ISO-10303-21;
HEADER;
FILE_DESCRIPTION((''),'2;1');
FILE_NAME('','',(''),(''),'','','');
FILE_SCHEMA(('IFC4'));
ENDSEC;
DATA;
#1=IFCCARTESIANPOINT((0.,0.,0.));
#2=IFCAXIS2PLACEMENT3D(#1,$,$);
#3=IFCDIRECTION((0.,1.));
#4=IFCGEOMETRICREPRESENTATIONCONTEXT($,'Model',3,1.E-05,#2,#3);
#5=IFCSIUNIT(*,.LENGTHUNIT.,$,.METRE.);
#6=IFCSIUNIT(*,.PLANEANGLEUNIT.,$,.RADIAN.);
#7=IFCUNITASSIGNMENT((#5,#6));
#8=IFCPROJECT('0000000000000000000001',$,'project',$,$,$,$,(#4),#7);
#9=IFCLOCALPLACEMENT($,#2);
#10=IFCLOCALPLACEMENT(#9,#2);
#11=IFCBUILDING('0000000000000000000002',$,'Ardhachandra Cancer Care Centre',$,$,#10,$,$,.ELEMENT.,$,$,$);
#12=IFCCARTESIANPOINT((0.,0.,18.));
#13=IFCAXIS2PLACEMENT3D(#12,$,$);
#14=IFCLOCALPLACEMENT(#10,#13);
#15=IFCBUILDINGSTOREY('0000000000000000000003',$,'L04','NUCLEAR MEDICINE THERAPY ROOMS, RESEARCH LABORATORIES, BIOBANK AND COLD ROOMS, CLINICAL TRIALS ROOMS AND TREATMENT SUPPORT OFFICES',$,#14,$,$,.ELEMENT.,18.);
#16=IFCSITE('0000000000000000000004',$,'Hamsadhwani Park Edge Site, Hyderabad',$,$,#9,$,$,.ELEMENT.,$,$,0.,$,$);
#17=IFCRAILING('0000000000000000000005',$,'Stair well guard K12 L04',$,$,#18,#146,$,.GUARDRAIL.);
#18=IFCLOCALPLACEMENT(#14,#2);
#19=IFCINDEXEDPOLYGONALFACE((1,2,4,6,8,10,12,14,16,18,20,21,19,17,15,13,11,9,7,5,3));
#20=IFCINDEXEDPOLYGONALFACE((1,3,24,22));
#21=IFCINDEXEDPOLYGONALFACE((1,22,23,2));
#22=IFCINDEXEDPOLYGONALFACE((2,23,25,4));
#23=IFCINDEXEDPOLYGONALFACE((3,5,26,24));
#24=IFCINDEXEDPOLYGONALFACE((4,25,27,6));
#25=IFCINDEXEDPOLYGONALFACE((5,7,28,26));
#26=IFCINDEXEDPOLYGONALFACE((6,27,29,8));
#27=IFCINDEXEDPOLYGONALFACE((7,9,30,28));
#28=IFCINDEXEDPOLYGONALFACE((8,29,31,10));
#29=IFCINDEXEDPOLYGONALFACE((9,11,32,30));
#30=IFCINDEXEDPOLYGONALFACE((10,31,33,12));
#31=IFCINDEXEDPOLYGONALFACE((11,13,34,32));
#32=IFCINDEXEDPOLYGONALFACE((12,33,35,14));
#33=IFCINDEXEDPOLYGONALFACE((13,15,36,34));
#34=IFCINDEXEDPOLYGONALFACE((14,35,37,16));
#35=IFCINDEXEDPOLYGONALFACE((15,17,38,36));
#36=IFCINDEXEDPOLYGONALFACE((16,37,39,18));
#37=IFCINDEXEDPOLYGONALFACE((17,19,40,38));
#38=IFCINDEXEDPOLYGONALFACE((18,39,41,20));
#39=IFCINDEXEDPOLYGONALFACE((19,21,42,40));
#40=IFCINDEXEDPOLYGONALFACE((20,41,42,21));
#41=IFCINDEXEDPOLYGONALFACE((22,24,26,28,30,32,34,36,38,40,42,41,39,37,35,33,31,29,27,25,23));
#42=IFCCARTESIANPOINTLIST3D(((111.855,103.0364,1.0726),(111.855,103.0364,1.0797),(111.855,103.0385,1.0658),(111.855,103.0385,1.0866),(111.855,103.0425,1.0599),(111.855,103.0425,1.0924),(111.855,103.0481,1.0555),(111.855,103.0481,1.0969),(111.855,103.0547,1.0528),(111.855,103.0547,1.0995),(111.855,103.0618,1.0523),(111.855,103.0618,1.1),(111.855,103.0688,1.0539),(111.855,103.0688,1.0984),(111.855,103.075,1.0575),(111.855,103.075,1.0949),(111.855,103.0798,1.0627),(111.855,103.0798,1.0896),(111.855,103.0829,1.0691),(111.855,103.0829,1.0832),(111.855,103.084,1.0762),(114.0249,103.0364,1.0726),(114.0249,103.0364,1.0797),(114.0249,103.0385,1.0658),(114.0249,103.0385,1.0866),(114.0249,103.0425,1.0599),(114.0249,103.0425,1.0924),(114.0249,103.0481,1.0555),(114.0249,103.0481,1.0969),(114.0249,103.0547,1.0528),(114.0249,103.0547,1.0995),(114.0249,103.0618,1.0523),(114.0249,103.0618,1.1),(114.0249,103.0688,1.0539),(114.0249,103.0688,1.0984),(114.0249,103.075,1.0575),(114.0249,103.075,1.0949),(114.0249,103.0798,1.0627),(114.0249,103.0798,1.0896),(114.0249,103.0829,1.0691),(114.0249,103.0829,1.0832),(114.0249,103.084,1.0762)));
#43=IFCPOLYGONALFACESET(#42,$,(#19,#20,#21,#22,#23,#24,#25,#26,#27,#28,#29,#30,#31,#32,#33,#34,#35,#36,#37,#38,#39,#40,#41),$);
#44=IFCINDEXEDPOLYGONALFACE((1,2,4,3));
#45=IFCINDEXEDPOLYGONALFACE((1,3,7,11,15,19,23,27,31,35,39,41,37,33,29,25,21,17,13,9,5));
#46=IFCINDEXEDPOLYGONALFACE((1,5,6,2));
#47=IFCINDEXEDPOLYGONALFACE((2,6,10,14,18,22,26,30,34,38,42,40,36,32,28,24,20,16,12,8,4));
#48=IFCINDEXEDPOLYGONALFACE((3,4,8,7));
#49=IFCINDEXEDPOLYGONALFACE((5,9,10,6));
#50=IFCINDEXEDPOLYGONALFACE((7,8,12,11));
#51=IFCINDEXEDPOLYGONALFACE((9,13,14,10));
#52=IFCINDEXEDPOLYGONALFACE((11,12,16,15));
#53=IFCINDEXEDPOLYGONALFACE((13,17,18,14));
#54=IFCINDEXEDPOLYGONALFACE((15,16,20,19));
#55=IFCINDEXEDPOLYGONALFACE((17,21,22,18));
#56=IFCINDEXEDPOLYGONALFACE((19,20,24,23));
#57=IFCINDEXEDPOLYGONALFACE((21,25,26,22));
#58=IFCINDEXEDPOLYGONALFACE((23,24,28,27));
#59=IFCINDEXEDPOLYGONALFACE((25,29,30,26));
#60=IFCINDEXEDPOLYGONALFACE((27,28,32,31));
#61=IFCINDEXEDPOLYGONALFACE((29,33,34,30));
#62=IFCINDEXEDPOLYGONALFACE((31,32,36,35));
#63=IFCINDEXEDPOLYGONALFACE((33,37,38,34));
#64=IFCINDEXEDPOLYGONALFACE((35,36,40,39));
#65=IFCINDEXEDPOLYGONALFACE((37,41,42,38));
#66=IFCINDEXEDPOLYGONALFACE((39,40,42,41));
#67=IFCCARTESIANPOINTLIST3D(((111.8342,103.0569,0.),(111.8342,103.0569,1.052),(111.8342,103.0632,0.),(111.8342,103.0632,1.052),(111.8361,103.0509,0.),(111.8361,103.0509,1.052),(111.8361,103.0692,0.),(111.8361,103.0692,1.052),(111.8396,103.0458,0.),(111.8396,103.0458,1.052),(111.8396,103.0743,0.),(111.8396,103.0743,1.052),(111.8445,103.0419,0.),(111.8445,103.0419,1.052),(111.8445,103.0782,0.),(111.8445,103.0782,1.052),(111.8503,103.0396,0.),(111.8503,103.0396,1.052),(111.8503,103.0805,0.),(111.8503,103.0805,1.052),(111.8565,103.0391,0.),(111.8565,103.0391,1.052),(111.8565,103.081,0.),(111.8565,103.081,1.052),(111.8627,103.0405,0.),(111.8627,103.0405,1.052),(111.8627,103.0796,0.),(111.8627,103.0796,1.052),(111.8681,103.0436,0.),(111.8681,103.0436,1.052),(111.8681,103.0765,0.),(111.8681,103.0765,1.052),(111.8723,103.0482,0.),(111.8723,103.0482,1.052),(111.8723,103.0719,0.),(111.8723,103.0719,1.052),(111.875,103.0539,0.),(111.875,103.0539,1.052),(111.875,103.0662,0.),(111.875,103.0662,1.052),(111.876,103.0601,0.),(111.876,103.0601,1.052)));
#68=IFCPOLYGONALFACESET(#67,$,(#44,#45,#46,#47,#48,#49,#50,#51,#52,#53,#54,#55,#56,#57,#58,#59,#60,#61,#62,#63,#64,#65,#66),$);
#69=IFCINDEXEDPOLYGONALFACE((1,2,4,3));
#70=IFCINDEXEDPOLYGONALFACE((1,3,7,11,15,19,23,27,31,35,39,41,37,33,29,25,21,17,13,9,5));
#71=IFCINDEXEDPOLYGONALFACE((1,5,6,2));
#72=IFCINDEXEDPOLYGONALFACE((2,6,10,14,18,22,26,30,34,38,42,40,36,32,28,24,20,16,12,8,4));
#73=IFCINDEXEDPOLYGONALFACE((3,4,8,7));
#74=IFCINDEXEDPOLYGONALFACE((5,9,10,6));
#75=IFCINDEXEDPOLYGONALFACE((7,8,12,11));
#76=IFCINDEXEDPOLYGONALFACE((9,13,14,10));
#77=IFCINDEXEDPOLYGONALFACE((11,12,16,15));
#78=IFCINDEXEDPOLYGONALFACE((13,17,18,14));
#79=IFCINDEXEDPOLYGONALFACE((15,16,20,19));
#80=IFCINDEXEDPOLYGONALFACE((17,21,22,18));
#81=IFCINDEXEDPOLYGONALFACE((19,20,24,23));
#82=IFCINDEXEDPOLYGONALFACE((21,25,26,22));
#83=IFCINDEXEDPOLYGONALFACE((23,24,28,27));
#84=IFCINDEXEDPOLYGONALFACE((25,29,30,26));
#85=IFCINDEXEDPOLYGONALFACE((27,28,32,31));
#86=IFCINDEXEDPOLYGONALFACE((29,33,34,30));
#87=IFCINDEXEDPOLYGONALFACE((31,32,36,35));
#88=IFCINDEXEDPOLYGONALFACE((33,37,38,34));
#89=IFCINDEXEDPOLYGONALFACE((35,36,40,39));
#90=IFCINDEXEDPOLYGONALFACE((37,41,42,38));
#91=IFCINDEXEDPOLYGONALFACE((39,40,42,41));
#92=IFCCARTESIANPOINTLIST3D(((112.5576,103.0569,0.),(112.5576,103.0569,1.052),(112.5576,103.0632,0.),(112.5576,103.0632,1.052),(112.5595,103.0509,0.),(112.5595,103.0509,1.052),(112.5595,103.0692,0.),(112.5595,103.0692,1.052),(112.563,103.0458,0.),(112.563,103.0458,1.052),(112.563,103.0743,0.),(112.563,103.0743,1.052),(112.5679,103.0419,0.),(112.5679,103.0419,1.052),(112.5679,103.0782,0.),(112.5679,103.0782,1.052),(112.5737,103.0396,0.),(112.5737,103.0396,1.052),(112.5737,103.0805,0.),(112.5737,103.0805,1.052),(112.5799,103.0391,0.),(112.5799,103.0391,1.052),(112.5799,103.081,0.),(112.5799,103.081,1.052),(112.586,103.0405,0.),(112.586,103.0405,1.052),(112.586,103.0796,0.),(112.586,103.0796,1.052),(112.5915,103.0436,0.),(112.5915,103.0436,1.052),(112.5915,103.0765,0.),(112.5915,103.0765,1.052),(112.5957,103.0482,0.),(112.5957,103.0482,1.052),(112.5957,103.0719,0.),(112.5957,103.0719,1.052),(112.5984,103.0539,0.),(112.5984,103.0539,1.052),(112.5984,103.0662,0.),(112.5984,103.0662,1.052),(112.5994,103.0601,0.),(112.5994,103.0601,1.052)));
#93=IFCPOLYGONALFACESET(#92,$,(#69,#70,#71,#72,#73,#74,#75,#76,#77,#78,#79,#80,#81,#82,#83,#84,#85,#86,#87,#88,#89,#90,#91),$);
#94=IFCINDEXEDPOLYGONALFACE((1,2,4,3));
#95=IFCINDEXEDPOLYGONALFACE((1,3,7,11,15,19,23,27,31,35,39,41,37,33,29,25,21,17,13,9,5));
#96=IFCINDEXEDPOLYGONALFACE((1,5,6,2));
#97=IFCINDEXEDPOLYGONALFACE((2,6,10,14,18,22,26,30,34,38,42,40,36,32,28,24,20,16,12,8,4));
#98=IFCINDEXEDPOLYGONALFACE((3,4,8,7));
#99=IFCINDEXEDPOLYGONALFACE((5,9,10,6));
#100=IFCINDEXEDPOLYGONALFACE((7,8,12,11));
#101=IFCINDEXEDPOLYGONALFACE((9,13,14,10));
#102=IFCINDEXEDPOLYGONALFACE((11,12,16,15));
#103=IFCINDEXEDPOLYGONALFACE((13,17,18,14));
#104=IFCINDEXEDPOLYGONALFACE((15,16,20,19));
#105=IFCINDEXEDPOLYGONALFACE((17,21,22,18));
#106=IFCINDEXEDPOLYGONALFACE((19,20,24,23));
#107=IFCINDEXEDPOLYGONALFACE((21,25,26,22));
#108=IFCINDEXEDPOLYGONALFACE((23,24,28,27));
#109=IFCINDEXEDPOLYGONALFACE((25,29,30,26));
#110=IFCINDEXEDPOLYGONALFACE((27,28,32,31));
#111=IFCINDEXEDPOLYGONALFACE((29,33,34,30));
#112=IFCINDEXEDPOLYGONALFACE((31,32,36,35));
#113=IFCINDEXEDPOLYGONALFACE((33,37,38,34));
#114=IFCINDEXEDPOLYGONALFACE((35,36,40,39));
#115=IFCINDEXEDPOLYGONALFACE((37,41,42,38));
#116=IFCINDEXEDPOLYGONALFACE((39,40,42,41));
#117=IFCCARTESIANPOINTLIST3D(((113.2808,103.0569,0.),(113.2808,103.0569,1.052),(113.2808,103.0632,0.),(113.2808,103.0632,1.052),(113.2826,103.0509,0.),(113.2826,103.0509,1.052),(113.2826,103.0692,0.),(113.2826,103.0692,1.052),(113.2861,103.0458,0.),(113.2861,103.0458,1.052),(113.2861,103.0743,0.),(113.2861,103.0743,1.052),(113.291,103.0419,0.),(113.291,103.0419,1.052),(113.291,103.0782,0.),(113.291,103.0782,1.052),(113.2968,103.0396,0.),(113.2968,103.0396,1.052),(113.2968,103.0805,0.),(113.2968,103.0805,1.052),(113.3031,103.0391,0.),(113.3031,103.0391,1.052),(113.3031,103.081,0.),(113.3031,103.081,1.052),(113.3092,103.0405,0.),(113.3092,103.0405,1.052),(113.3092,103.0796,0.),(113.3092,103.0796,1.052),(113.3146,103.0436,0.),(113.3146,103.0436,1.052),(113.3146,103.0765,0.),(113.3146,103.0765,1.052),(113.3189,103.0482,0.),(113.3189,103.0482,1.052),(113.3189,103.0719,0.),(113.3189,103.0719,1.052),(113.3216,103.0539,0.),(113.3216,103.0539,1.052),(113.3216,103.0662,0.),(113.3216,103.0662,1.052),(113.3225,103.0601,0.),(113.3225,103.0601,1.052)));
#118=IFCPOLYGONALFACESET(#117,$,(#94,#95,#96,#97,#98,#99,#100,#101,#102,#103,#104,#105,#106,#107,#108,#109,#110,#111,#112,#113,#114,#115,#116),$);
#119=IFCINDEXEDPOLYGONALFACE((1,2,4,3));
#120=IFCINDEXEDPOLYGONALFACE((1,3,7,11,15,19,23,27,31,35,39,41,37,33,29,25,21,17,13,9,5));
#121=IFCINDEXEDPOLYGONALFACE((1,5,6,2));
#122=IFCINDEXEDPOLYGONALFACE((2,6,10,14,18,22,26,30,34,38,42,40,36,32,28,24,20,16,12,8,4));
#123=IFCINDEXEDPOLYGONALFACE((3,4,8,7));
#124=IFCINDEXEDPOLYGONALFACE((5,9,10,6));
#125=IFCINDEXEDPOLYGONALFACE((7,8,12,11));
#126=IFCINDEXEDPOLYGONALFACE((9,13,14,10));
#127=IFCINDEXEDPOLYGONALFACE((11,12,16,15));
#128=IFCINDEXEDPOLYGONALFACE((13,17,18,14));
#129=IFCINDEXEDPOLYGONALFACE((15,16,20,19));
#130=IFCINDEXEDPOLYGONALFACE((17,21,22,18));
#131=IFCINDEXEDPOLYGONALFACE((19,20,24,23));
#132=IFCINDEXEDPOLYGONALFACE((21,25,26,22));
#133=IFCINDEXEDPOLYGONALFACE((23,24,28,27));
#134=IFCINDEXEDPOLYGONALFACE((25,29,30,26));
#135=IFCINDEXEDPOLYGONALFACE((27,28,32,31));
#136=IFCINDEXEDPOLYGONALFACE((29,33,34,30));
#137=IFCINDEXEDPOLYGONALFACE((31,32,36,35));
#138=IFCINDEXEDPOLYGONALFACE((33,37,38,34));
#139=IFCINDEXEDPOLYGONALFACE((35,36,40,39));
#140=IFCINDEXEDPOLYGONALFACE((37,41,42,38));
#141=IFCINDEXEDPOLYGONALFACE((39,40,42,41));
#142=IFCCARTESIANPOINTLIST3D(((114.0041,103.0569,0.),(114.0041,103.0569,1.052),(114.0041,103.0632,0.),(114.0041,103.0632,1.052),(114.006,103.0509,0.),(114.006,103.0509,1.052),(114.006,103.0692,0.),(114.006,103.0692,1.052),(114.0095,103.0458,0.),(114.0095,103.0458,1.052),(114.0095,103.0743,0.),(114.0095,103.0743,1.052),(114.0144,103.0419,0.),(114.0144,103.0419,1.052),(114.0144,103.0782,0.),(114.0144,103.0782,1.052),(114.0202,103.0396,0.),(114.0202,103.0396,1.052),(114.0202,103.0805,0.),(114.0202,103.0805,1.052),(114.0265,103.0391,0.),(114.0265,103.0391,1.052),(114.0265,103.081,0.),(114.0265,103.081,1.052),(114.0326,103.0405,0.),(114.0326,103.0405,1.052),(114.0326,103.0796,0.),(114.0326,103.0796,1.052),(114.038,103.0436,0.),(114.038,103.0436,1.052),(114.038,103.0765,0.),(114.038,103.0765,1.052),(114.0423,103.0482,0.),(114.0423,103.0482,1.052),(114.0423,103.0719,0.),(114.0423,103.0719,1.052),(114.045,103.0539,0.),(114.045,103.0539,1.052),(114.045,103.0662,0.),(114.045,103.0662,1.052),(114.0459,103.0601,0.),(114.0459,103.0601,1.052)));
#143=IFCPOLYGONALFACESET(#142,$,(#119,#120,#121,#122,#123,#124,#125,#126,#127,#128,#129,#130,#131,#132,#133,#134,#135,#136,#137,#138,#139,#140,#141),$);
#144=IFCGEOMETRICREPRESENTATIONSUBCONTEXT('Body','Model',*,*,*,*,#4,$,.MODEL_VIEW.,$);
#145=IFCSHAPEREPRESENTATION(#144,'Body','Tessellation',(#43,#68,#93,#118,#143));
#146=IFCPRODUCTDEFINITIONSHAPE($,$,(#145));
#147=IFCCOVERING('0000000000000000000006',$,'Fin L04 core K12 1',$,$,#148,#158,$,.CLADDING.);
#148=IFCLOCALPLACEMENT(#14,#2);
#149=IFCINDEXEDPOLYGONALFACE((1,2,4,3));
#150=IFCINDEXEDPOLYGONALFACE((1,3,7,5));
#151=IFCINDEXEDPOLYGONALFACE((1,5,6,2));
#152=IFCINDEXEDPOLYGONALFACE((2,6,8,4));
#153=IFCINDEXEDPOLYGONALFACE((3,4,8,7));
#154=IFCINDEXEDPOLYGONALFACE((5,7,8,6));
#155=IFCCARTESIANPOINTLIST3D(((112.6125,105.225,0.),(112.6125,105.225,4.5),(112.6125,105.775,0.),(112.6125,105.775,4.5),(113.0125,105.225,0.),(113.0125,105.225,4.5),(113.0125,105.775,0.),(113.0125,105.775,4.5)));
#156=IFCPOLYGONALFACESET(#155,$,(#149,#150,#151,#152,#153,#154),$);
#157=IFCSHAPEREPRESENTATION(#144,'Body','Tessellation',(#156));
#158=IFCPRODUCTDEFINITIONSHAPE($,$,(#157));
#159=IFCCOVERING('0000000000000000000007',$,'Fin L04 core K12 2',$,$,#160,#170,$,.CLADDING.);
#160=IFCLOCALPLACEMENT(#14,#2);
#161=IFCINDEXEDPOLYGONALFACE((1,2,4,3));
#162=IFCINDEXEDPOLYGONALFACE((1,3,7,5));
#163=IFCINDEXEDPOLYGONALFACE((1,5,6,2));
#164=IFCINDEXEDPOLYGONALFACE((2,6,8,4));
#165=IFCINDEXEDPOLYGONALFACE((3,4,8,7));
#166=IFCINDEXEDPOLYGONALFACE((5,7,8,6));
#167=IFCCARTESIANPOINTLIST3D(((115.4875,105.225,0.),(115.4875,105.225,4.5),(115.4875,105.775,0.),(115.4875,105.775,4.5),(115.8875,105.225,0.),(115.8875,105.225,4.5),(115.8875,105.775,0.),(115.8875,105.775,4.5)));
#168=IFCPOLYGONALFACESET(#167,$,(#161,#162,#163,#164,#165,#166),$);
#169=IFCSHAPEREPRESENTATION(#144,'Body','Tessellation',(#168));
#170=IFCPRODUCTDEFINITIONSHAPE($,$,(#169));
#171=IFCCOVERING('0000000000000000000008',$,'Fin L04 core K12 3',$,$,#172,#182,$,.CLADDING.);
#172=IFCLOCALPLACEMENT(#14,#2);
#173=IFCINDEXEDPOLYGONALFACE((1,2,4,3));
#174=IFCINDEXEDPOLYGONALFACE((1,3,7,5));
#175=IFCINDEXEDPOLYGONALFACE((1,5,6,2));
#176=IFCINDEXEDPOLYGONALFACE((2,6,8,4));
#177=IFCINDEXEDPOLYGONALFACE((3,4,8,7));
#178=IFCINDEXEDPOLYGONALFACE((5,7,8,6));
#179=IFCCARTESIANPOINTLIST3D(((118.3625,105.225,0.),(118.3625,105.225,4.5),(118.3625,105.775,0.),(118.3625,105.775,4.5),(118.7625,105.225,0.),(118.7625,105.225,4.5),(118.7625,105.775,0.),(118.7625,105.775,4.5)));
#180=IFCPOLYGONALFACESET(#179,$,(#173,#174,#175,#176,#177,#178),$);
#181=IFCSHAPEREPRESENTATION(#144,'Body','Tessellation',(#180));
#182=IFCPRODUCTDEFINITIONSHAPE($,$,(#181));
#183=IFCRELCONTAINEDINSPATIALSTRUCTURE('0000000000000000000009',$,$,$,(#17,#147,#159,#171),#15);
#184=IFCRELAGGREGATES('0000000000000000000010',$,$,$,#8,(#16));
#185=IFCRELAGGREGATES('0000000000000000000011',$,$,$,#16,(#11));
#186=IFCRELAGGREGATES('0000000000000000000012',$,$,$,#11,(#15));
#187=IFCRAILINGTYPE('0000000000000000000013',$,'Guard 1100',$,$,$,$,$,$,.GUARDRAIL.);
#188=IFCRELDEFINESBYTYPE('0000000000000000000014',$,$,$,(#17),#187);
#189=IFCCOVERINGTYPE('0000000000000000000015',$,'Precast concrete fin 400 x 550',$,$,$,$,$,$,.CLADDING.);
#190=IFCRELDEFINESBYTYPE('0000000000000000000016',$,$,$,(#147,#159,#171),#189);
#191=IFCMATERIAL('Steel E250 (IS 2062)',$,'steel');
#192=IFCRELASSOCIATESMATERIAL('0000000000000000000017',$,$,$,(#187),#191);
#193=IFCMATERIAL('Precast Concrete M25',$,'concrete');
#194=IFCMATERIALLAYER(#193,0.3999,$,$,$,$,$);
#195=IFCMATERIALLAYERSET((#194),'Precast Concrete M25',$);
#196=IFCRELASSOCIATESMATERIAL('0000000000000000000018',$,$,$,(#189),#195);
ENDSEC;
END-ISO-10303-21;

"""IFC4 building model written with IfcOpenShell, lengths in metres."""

from ifc_helpers import new_model, si_unit, direction, frame, origin, origin_2d, place, context, subcontext, project, spatial, rectangle, circle, extrude, material, layer, layer_set, type_object, element, save


model = new_model("IFC4")

# Units and contexts
model_context = context("Model", 3, precision=1e-05, world=origin(), true_north=direction((0.0, 1.0)))
body_context = subcontext(model_context, "Body", "Model", "MODEL_VIEW")
ifc_project = project(units=[si_unit("LENGTHUNIT", "METRE"), si_unit("PLANEANGLEUNIT", "RADIAN")], contexts=[model_context])

# Site, building, storey
site_placement = place(None, origin())
site = spatial("IfcSite", under=ifc_project, at=site_placement, Name="Hamsadhwani Park Edge Site, Hyderabad", CompositionType="ELEMENT", RefElevation=0.0)
building_placement = place(site_placement, origin())
building = spatial("IfcBuilding", under=site, at=building_placement, Name="Ardhachandra Cancer Care Centre", CompositionType="ELEMENT")
storey_placement = place(building_placement, frame((0.0, 0.0, 18.0)))
storey = spatial("IfcBuildingStorey", under=building, at=storey_placement, Name="L04", Description="NUCLEAR MEDICINE THERAPY ROOMS, RESEARCH LABORATORIES, BIOBANK AND COLD ROOMS, CLINICAL TRIALS ROOMS AND TREATMENT SUPPORT OFFICES", CompositionType="ELEMENT", Elevation=18.0)

# Railing
ifc_material_1 = material(Name="Steel E250 (IS 2062)", Category="steel")
railing_type_1 = type_object("IfcRailingType", Name="Guard 1100", PredefinedType="GUARDRAIL", material=ifc_material_1)
railing_placement = place(storey_placement, frame((111.855, 103.0601, 0.0)))
element("IfcRailing", 1, at=railing_placement, inside=storey, type_object=railing_type_1, Name="Stair well guard K12 L04", PredefinedType="GUARDRAIL", context=body_context, shape_type="SweptSolid", body=[
    extrude(circle(Radius=0.0239, at=origin_2d()), frame((0.0, 0.0, 1.0762), z_axis=(1.0, 0.0, 0.0), x_axis=(0.0, 1.0, 0.0)), (0.0, 0.0, 1.0), 2.1699),
    extrude(circle(Radius=0.021, at=origin_2d()), origin(), (0.0, 0.0, 1.0), 1.052),
    extrude(circle(Radius=0.021, at=origin_2d()), frame((0.7234, 0.0, 0.0)), (0.0, 0.0, 1.0), 1.052),
    extrude(circle(Radius=0.021, at=origin_2d()), frame((1.4465, 0.0, 0.0)), (0.0, 0.0, 1.0), 1.052),
    extrude(circle(Radius=0.021, at=origin_2d()), frame((2.1699, 0.0, 0.0)), (0.0, 0.0, 1.0), 1.052),
])

# Coverings
ifc_material_2 = material(Name="Precast Concrete M25", Category="concrete")
ifc_layer_1 = layer(ifc_material_2, 0.3999)
ifc_layer_set_1 = layer_set([ifc_layer_1], Name="Precast Concrete M25")
covering_type = type_object("IfcCoveringType", Name="Precast concrete fin 400 x 550", PredefinedType="CLADDING", material=ifc_layer_set_1)
for number, where, z_axis, x_axis, name in (
    (2, (112.8125, 105.5, 0.0), (0.0, 0.0, 1.0), (1.0, 0.0, 0.0), "Fin L04 core K12 1"),
    (3, (115.6875, 105.5, 0.0), (0.0, 0.0, 1.0), (1.0, 0.0, 0.0), "Fin L04 core K12 2"),
    (4, (118.5625, 105.5, 0.0), (0.0, 0.0, 1.0), (1.0, 0.0, 0.0), "Fin L04 core K12 3"),
):
    element("IfcCovering", number, at=place(storey_placement, frame(where, z_axis=z_axis, x_axis=x_axis)), inside=storey, type_object=covering_type, Name=name, PredefinedType="CLADDING", context=body_context, shape_type="SweptSolid", body=[
        extrude(rectangle(XDim=0.3999, YDim=0.55, at=origin_2d()), origin(), (0.0, 0.0, 1.0), 4.5),
    ])

save(model, "model.ifc")
